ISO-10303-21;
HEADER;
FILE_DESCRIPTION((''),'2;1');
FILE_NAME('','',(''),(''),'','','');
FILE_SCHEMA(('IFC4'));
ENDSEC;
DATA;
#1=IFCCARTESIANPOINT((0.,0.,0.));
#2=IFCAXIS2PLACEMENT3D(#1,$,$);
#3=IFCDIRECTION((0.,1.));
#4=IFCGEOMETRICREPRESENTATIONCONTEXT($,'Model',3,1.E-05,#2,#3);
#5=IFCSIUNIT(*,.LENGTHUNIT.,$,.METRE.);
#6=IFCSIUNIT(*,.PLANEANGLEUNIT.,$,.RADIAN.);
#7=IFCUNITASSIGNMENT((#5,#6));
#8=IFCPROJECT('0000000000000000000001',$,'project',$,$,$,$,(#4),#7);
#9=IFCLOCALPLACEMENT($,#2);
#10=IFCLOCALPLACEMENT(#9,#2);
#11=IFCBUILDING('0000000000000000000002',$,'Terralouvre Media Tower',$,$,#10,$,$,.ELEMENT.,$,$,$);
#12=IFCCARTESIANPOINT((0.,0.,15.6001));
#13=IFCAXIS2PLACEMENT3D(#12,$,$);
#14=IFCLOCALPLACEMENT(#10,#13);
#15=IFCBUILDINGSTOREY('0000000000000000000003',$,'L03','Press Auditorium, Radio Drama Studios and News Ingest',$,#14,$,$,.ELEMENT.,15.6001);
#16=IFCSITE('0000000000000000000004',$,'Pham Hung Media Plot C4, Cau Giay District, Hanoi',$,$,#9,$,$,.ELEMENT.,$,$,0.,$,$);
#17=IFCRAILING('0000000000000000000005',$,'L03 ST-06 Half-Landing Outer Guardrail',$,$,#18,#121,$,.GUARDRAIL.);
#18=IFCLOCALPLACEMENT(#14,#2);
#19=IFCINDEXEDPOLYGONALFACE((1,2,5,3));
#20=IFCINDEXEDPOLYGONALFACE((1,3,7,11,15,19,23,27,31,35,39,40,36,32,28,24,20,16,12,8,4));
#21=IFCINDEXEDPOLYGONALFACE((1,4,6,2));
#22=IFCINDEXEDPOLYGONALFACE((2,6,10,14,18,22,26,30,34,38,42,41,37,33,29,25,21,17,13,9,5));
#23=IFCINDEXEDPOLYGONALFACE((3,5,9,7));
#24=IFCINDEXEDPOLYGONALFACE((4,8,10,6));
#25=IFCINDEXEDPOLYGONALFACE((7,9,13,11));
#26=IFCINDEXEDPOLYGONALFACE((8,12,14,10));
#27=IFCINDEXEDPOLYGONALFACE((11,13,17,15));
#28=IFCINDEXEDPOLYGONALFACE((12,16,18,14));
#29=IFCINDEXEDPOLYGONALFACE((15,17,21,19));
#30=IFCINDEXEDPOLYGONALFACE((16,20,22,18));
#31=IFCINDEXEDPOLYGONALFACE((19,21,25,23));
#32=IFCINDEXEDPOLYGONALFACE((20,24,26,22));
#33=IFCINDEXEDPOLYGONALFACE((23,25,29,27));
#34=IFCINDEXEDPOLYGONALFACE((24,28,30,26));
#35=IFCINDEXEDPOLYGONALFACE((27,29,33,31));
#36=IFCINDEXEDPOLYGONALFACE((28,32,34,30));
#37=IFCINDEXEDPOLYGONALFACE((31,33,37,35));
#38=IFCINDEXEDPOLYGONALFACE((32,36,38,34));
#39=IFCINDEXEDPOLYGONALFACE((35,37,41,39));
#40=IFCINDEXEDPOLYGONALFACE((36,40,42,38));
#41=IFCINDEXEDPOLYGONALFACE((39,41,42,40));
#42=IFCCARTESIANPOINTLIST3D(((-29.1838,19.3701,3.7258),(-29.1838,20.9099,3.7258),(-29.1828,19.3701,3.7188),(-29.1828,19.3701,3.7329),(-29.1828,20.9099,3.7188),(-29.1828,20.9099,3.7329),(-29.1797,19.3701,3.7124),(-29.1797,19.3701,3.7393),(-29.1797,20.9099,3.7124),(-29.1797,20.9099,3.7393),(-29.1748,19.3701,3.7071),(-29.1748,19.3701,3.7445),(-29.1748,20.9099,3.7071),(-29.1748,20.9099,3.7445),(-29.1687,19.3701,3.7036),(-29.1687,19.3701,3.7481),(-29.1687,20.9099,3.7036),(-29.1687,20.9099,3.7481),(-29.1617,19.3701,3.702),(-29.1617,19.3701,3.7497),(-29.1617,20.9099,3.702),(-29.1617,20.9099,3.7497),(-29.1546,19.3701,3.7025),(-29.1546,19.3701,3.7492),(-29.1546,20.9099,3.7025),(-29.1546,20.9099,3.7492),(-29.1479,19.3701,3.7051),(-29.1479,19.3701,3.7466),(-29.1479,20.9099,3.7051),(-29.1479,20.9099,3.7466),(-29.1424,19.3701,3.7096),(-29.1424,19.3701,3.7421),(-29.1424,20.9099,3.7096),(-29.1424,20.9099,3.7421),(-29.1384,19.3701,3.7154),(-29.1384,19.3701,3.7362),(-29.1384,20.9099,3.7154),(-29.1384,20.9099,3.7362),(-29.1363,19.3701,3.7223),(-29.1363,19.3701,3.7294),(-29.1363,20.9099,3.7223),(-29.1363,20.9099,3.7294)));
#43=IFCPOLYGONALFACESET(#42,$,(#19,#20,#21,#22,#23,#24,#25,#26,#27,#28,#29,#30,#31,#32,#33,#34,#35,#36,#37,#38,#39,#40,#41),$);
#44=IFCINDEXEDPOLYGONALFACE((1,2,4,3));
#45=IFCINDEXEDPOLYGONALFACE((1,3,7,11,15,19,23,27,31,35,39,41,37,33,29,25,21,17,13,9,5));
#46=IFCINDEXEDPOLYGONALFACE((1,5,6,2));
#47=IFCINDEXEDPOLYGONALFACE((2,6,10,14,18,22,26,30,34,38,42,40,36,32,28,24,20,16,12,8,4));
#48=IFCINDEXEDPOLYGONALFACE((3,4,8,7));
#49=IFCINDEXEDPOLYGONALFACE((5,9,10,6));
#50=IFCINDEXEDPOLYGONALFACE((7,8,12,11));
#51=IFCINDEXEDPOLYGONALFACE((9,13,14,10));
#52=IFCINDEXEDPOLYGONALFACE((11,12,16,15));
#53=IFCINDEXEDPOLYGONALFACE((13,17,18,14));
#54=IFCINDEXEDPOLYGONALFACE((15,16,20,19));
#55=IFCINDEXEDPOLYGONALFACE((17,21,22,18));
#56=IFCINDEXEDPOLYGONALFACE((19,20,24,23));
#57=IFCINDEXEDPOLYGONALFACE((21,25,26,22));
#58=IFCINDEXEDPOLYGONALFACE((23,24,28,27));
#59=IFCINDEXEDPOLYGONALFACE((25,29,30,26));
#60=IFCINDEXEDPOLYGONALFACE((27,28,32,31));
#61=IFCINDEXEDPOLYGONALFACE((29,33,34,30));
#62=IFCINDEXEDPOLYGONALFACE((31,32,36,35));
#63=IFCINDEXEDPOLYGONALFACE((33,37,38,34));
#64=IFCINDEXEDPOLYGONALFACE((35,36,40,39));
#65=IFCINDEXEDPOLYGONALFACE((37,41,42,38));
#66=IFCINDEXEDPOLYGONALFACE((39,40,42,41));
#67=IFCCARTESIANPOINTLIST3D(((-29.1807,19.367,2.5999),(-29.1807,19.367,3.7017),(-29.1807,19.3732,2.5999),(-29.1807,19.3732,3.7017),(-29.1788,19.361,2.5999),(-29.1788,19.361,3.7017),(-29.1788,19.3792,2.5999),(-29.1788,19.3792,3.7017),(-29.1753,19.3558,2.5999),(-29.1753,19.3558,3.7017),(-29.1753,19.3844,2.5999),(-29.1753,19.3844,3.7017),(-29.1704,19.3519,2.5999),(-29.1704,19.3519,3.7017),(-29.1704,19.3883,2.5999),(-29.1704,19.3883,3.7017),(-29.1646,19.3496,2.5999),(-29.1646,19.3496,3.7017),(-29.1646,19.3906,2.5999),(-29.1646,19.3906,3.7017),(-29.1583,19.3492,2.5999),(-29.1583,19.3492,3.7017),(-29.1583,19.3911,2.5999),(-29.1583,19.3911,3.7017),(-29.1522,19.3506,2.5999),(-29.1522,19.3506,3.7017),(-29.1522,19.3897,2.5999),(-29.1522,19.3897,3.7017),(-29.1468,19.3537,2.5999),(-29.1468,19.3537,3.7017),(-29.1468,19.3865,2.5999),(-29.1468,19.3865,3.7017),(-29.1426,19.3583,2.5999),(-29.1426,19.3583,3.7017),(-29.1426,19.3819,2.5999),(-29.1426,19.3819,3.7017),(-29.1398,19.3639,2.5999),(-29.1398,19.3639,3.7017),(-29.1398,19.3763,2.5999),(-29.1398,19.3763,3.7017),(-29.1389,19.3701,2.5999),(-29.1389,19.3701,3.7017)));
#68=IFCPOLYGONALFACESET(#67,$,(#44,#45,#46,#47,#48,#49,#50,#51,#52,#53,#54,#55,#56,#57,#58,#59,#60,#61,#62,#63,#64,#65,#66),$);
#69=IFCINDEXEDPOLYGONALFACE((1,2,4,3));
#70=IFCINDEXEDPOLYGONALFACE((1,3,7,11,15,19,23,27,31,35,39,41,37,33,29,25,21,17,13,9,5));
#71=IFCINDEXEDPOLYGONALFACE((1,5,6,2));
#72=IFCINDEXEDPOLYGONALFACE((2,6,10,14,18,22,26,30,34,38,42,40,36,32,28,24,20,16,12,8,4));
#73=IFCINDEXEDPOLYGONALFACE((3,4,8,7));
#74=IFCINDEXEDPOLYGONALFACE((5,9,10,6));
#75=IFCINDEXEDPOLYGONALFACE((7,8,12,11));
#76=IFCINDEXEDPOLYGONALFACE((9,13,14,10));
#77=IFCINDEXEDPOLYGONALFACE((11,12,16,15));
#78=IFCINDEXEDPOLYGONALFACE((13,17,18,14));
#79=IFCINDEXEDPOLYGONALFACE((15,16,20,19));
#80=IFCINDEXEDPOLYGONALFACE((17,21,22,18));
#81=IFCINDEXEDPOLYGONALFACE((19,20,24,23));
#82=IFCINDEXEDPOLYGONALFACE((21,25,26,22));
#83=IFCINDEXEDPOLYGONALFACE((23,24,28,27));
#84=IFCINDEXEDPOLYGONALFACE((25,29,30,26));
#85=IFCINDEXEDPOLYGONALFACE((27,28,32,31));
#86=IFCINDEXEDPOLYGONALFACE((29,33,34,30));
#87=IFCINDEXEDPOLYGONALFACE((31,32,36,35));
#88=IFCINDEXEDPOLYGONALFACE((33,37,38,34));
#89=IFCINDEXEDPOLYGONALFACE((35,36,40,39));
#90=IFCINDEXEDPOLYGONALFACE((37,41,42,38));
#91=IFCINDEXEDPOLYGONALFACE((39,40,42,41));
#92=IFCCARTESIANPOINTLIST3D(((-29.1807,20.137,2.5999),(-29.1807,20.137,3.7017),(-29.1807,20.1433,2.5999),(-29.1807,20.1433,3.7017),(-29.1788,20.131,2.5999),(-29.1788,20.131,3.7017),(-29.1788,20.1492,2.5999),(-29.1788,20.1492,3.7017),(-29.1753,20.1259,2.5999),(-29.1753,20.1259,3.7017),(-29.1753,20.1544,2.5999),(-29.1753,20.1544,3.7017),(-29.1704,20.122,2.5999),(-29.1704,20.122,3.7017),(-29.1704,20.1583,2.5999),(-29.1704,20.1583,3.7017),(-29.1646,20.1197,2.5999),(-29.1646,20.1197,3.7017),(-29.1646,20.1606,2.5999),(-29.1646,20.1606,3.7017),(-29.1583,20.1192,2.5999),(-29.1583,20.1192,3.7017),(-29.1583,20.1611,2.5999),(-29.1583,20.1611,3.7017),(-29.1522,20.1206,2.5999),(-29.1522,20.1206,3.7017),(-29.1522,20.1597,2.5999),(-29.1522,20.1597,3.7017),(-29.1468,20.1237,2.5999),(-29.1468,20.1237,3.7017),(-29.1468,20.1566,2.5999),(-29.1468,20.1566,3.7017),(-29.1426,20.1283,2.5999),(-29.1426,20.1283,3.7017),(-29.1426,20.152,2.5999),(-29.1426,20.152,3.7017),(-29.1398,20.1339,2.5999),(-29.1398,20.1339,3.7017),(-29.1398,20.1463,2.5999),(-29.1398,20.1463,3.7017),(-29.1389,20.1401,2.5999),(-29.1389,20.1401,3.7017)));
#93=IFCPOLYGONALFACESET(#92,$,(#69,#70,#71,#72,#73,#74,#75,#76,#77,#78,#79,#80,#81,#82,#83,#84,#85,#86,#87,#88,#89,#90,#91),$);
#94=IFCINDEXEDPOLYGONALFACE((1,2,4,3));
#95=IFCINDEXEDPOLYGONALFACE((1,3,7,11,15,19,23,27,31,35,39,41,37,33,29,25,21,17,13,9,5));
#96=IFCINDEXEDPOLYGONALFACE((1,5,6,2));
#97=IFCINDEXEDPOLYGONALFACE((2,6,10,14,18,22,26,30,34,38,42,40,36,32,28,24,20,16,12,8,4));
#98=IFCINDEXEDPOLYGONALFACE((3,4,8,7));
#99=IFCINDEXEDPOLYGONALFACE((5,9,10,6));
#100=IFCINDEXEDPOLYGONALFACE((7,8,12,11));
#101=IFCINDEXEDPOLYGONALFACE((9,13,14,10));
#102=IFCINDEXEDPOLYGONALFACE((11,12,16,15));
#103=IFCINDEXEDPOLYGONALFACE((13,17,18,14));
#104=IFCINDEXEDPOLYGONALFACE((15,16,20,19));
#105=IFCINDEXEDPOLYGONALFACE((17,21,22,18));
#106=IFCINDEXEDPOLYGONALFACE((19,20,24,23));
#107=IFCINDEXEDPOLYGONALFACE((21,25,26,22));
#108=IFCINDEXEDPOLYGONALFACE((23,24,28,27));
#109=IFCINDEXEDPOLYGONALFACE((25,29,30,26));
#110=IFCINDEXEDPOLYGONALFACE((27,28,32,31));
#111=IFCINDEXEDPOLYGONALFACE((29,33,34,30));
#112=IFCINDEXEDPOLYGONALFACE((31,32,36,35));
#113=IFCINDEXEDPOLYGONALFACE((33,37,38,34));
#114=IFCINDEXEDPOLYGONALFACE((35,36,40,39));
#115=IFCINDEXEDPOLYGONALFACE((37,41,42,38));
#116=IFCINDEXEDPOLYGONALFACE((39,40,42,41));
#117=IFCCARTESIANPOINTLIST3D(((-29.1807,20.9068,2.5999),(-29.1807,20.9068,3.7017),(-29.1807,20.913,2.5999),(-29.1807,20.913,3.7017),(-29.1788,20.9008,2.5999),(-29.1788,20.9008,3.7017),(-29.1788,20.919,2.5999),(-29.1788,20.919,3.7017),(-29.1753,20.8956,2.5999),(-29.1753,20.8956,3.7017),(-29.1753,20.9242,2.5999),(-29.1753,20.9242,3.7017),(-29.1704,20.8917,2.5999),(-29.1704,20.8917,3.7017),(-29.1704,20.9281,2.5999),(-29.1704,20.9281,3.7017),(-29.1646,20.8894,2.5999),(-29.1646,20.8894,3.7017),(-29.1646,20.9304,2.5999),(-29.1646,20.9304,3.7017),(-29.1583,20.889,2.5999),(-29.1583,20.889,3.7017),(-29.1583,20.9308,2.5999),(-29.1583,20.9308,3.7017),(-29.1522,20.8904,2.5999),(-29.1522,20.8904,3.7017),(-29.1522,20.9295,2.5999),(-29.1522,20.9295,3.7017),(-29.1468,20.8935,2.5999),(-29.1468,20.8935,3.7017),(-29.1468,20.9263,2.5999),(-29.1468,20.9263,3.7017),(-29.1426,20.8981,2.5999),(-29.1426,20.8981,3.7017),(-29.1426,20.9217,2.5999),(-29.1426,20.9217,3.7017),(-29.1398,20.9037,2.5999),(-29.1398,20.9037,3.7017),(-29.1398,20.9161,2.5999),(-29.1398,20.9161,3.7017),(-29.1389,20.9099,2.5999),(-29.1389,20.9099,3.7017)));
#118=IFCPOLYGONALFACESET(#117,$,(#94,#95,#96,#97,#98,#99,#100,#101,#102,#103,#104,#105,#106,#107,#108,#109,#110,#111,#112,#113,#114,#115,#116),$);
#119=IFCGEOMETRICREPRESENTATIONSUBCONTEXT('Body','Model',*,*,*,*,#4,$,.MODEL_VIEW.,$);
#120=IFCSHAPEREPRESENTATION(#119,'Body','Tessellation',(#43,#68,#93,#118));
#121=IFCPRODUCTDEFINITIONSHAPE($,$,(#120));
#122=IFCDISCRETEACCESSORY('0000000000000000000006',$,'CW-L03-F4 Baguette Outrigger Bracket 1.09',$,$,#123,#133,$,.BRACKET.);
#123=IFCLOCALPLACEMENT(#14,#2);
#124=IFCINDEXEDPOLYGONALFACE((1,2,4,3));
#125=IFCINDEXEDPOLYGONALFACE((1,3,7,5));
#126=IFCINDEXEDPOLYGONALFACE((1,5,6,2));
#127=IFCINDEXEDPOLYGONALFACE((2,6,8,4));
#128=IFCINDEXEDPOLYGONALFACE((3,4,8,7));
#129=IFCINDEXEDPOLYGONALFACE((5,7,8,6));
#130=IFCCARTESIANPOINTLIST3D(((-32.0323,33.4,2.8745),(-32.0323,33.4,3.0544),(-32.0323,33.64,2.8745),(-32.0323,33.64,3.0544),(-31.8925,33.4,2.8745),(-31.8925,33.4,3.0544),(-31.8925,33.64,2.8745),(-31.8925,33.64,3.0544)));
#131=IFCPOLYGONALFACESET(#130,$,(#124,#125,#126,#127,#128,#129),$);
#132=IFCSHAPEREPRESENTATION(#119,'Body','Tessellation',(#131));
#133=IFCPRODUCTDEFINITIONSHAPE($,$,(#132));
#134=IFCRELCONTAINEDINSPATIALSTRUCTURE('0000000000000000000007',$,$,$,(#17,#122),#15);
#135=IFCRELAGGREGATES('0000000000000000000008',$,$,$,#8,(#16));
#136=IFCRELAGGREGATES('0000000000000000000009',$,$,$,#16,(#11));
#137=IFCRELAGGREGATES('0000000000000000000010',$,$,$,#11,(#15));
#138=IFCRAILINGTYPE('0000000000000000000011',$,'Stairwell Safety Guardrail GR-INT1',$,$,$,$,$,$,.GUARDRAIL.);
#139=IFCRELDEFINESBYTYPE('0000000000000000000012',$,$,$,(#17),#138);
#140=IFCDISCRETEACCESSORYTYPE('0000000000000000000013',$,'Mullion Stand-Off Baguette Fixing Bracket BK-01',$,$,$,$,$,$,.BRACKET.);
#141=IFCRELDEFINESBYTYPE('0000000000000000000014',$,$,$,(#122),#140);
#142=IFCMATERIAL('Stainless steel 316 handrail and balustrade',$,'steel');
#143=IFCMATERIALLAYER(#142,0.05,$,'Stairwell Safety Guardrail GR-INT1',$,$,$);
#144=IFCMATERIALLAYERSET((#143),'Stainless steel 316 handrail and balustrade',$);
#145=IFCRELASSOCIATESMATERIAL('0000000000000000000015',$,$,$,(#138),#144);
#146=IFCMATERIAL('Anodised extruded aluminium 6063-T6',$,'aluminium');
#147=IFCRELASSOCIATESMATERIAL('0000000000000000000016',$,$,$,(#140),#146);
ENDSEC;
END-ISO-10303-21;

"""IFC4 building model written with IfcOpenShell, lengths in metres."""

from ifc_helpers import new_model, si_unit, direction, frame, origin, origin_2d, place, context, subcontext, project, spatial, rectangle, circle, extrude, material, layer, layer_set, type_object, element, save


model = new_model("IFC4")

# Units and contexts
model_context = context("Model", 3, precision=1e-05, world=origin(), true_north=direction((0.0, 1.0)))
body_context = subcontext(model_context, "Body", "Model", "MODEL_VIEW")
ifc_project = project(units=[si_unit("LENGTHUNIT", "METRE"), si_unit("PLANEANGLEUNIT", "RADIAN")], contexts=[model_context])

# Site, building, storey
site_placement = place(None, origin())
site = spatial("IfcSite", under=ifc_project, at=site_placement, Name="Pham Hung Media Plot C4, Cau Giay District, Hanoi", CompositionType="ELEMENT", RefElevation=0.0)
building_placement = place(site_placement, origin())
building = spatial("IfcBuilding", under=site, at=building_placement, Name="Terralouvre Media Tower", CompositionType="ELEMENT")
storey_placement = place(building_placement, frame((0.0, 0.0, 15.6001)))
storey = spatial("IfcBuildingStorey", under=building, at=storey_placement, Name="L03", Description="Press Auditorium, Radio Drama Studios and News Ingest", CompositionType="ELEMENT", Elevation=15.6001)

# Railing
ifc_material_1 = material(Name="Stainless steel 316 handrail and balustrade", Category="steel")
ifc_layer_1 = layer(ifc_material_1, 0.05, Name="Stairwell Safety Guardrail GR-INT1")
ifc_layer_set_1 = layer_set([ifc_layer_1], Name="Stainless steel 316 handrail and balustrade")
railing_type_1 = type_object("IfcRailingType", Name="Stairwell Safety Guardrail GR-INT1", PredefinedType="GUARDRAIL", material=ifc_layer_set_1)
railing_1_placement = place(storey_placement, frame((-29.1599, 19.3701, 2.5999)))
element("IfcRailing", 1, at=railing_1_placement, inside=storey, type_object=railing_type_1, Name="L03 ST-06 Half-Landing Outer Guardrail", PredefinedType="GUARDRAIL", context=body_context, shape_type="SweptSolid", body=[
    extrude(circle(Radius=0.0239, at=origin_2d()), frame((0.0, 0.0, 1.126), z_axis=(0.0, 1.0, 0.0), x_axis=(-1.0, 0.0, 0.0)), (0.0, 0.0, 1.0), 1.5398),
    extrude(circle(Radius=0.021, at=origin_2d()), origin(), (0.0, 0.0, 1.0), 1.1018),
    extrude(circle(Radius=0.021, at=origin_2d()), frame((0.0, 0.77, 0.0)), (0.0, 0.0, 1.0), 1.1018),
    extrude(circle(Radius=0.021, at=origin_2d()), frame((0.0, 1.5398, 0.0)), (0.0, 0.0, 1.0), 1.1018),
])

# Discrete accessory
ifc_material_2 = material(Name="Anodised extruded aluminium 6063-T6", Category="aluminium")
discrete_accessory_type = type_object("IfcDiscreteAccessoryType", Name="Mullion Stand-Off Baguette Fixing Bracket BK-01", PredefinedType="BRACKET", material=ifc_material_2)
discrete_accessory_placement = place(storey_placement, frame((-31.9624, 33.52, 2.8745), z_axis=(0.0, 0.0, 1.0), x_axis=(-1.0, 0.0, 0.0)))
element("IfcDiscreteAccessory", 2, at=discrete_accessory_placement, inside=storey, type_object=discrete_accessory_type, Name="CW-L03-F4 Baguette Outrigger Bracket 1.09", PredefinedType="BRACKET", context=body_context, shape_type="SweptSolid", body=[
    extrude(rectangle(XDim=0.1399, YDim=0.24, at=origin_2d()), origin(), (0.0, 0.0, 1.0), 0.1799),
])

save(model, "model.ifc")
